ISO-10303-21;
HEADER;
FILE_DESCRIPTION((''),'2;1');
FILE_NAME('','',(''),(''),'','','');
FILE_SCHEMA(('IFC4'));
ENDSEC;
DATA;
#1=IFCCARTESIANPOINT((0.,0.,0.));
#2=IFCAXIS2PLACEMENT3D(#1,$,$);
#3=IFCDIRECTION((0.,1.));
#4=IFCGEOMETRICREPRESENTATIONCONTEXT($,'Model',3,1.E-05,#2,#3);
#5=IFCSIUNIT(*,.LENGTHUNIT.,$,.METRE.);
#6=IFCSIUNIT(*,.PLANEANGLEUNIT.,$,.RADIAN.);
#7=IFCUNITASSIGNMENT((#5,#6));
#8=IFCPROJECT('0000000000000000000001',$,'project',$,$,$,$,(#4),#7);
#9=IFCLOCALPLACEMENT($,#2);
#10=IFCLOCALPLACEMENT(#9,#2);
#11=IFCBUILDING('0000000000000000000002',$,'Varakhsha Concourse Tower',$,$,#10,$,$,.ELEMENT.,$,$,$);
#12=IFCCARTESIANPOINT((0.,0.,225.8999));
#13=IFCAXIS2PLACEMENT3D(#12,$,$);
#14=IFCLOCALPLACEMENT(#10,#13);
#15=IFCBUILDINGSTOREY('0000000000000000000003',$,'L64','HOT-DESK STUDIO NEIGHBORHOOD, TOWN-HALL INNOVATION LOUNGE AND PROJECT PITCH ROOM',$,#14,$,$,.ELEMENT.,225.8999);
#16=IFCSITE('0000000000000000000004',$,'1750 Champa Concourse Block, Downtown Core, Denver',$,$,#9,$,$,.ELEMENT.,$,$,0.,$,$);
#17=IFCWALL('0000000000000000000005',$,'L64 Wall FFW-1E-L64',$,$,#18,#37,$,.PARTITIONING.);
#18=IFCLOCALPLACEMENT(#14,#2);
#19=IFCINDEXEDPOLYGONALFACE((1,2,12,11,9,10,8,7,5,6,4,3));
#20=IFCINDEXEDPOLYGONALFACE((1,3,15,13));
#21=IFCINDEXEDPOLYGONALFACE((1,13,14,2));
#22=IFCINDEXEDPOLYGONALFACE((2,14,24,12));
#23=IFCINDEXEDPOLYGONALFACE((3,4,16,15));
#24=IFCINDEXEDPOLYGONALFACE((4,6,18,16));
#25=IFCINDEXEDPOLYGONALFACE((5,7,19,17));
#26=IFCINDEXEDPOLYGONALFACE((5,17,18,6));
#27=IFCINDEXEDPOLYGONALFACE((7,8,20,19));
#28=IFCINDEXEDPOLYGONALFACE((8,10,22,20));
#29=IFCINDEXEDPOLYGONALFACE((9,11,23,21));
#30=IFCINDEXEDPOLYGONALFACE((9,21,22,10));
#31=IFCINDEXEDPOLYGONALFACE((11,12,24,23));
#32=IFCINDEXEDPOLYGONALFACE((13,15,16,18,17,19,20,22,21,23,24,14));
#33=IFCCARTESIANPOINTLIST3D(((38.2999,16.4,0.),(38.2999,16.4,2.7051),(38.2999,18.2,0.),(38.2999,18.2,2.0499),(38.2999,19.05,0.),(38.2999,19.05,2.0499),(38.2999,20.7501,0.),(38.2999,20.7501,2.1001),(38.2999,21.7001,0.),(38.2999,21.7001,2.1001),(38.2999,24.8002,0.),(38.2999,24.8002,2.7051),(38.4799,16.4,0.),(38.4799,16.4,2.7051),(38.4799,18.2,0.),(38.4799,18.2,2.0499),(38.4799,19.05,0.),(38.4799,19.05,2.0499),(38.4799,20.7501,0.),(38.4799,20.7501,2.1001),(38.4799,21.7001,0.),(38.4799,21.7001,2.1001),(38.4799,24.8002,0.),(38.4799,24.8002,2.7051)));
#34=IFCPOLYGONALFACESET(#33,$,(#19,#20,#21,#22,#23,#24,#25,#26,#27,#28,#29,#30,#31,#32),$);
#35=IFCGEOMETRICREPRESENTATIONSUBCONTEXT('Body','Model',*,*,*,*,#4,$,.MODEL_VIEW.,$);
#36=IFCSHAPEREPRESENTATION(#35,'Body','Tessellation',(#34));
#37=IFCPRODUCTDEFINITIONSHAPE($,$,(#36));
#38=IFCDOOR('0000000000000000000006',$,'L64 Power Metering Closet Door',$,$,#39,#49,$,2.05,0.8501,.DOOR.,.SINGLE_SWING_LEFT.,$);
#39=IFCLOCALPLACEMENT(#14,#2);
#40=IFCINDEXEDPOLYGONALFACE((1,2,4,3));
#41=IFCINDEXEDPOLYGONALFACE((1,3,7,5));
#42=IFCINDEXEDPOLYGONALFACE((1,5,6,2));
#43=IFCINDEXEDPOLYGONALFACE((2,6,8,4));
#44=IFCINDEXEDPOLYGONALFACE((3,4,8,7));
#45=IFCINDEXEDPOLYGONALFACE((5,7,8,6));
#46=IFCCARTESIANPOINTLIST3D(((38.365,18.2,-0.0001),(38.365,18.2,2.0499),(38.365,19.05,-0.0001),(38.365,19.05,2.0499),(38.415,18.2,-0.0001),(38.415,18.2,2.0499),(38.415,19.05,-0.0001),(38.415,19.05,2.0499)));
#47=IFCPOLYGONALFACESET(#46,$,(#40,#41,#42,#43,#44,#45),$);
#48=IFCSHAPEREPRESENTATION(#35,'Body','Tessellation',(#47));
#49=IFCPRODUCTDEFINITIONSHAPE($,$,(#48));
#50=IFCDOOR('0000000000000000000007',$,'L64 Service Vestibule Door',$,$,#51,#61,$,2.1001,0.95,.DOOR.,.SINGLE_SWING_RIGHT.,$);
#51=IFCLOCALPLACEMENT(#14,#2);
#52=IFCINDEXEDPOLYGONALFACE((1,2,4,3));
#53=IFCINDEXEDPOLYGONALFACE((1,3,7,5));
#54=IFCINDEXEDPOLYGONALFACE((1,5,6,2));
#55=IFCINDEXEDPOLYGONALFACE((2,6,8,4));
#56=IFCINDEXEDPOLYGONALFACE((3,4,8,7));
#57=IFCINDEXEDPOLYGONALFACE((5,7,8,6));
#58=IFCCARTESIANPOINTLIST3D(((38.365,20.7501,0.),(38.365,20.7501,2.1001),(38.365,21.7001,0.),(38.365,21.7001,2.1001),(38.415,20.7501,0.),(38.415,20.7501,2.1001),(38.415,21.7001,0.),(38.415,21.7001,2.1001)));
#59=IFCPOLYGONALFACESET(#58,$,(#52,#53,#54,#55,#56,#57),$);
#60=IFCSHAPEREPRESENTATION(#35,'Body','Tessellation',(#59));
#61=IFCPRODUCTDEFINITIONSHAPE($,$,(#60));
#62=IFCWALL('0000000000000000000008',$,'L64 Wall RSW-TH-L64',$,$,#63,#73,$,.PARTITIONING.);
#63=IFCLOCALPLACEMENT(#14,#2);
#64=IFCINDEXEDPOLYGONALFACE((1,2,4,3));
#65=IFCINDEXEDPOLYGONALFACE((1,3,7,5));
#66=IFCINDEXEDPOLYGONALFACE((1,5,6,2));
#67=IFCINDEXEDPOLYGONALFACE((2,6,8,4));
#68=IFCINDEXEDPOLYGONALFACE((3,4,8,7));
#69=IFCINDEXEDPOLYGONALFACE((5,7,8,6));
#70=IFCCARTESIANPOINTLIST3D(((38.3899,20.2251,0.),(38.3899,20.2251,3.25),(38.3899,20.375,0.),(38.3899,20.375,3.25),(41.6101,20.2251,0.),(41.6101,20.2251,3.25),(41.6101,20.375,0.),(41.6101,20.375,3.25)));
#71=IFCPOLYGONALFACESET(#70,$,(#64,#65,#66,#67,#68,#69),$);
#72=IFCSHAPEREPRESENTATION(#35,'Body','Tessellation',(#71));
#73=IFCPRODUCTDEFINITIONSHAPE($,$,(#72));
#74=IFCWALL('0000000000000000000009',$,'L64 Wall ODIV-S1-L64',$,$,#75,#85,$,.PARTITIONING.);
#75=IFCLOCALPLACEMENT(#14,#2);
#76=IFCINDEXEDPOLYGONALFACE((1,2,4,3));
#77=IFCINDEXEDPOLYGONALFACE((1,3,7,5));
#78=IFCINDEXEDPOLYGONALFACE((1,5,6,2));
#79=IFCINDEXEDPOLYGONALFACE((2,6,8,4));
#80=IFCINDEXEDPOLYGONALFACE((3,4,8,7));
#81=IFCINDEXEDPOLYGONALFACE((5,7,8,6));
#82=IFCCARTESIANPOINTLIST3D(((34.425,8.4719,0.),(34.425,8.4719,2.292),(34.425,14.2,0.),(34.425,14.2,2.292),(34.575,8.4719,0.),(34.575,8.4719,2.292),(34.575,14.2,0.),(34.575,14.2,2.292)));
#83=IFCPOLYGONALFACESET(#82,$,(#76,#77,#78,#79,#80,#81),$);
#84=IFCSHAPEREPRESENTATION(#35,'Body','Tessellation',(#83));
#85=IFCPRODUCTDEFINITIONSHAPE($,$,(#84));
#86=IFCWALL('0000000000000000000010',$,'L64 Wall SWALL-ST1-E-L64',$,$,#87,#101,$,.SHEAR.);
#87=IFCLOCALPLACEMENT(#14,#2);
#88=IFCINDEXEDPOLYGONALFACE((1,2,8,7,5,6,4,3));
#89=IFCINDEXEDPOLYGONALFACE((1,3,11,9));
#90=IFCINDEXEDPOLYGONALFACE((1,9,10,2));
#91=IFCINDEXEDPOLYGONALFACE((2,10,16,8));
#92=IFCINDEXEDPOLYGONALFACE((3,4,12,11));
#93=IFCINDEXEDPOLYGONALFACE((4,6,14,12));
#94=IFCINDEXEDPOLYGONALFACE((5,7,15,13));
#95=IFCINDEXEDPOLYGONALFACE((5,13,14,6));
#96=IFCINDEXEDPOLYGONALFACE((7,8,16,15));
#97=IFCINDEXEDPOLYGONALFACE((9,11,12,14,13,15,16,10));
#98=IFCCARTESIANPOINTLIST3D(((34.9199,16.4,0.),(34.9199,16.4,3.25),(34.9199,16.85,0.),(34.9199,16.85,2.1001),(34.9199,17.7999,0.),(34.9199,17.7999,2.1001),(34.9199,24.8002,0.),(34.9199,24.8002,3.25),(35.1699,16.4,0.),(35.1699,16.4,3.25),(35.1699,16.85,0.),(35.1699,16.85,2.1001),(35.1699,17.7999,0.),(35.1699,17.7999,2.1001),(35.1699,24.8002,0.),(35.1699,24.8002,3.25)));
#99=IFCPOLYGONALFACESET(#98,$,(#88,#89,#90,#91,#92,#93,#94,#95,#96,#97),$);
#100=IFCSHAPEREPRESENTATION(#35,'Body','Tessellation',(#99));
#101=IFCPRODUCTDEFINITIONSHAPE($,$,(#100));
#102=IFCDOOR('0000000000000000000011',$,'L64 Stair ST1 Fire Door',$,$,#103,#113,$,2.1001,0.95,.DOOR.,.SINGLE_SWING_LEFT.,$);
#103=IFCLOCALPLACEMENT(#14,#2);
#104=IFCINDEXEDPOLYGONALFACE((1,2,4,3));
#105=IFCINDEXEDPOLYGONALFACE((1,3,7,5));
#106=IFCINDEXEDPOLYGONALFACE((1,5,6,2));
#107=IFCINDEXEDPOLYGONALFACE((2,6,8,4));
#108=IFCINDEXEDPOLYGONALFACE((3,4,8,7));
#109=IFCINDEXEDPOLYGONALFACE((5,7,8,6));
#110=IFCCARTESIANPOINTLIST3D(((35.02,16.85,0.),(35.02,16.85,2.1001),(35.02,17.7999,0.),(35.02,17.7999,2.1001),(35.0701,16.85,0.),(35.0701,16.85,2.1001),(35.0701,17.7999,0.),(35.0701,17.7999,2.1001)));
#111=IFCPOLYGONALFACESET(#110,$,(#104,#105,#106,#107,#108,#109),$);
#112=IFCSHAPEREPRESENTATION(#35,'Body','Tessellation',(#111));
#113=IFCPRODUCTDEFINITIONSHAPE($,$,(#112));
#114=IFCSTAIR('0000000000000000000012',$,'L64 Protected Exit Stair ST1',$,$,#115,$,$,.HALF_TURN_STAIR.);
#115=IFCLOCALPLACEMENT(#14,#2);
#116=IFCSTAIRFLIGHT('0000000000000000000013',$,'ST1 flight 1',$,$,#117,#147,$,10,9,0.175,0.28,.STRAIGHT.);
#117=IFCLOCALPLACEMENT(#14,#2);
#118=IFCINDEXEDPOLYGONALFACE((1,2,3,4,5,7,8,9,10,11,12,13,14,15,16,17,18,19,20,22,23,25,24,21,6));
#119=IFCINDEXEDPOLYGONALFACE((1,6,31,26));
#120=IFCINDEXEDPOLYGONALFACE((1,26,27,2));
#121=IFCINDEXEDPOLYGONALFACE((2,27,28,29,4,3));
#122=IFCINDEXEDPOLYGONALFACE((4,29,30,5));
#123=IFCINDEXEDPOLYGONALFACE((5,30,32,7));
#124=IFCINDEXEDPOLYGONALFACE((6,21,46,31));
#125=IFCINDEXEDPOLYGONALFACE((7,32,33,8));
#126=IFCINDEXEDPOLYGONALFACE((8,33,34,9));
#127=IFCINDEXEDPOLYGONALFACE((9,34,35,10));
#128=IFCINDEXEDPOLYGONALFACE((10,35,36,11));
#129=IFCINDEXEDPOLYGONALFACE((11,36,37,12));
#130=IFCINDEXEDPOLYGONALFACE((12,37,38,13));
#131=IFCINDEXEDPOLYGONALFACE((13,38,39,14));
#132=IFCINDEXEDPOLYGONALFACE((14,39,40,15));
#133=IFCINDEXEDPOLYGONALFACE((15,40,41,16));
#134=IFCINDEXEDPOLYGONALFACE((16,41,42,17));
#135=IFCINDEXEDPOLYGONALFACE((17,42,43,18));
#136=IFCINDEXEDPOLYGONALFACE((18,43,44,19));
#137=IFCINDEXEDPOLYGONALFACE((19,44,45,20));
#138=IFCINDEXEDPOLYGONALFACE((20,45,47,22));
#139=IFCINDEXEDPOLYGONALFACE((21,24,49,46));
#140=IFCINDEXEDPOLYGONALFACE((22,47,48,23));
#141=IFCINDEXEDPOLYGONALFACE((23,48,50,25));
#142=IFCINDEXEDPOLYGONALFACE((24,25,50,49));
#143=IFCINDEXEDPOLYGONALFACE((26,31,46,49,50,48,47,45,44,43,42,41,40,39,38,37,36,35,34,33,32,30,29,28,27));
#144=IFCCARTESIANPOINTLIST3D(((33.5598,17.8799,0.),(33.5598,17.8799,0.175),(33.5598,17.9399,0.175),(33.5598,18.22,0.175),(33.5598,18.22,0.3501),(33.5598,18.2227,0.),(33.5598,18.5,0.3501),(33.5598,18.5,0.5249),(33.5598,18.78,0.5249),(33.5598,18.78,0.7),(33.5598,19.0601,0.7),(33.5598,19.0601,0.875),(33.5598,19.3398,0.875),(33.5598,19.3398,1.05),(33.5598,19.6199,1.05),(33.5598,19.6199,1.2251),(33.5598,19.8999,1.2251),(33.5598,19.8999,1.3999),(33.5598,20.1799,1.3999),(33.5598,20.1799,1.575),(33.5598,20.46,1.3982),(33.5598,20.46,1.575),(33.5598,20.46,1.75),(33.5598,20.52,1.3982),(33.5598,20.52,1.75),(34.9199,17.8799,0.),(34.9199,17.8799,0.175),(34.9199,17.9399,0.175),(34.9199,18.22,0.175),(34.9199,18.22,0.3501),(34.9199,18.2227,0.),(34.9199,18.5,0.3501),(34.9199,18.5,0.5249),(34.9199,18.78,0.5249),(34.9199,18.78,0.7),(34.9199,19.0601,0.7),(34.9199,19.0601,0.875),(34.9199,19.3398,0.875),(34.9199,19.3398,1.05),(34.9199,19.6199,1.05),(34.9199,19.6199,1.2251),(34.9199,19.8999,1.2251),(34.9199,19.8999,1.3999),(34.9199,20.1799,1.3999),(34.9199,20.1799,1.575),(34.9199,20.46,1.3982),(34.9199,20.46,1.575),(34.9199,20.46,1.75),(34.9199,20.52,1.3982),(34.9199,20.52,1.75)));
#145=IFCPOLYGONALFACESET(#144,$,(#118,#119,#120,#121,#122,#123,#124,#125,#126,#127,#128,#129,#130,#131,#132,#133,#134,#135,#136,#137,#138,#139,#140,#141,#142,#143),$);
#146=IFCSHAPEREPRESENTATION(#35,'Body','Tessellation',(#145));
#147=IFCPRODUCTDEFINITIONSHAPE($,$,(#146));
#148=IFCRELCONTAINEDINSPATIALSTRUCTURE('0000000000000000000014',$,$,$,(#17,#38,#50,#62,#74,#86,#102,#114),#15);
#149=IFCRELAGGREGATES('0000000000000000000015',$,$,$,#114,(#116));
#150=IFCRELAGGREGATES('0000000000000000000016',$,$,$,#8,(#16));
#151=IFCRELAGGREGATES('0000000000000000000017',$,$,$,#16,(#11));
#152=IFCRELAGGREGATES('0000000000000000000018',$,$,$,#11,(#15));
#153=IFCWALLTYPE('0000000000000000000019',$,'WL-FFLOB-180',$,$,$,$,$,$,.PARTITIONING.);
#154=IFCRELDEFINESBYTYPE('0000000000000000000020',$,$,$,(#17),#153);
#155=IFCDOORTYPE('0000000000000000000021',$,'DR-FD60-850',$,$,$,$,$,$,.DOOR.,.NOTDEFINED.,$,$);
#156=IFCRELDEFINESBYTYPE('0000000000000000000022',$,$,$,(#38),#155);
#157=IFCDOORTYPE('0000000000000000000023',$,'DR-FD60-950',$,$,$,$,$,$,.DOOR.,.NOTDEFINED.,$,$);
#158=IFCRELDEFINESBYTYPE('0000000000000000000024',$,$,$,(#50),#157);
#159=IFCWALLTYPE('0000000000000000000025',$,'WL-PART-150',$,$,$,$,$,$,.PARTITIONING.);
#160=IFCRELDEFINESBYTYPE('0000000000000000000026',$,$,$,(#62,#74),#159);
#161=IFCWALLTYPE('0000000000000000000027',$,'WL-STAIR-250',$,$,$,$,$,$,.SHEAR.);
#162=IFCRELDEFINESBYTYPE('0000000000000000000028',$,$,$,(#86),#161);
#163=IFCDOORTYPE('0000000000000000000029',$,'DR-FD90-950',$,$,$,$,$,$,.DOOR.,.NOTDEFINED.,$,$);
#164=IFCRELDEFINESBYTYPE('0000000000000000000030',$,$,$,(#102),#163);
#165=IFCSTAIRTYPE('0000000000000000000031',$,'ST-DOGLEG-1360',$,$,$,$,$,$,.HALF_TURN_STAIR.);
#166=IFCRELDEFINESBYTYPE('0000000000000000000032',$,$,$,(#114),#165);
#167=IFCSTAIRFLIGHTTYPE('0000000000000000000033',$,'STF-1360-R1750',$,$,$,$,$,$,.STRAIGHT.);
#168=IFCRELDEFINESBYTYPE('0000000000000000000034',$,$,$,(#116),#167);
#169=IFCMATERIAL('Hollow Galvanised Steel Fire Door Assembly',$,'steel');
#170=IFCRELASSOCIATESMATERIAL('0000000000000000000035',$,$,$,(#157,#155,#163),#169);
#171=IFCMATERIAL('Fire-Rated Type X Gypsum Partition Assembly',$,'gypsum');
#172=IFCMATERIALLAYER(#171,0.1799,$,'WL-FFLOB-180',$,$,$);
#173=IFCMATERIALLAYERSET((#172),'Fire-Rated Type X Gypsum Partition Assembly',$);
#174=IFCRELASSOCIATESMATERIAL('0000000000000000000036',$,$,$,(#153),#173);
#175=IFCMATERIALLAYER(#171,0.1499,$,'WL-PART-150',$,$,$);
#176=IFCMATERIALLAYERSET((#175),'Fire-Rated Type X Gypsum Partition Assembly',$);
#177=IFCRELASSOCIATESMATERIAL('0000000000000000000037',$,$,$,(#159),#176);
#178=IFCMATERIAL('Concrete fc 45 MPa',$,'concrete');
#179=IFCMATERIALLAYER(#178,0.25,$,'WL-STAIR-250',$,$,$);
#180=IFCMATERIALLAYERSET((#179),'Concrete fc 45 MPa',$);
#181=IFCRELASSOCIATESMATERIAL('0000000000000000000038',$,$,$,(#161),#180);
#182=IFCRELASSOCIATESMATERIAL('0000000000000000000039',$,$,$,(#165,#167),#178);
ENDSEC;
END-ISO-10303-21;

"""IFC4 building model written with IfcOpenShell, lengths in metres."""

from ifc_helpers import new_model, si_unit, direction, frame, frame_2d, origin, place, context, subcontext, project, spatial, polyline, rectangle, outline, extrude, material, layer, layer_set, type_object, element, fill, aggregate, save


model = new_model("IFC4")

# Units and contexts
model_context = context("Model", 3, precision=1e-05, world=origin(), true_north=direction((0.0, 1.0)))
body_context = subcontext(model_context, "Body", "Model", "MODEL_VIEW")
ifc_project = project(units=[si_unit("LENGTHUNIT", "METRE"), si_unit("PLANEANGLEUNIT", "RADIAN")], contexts=[model_context])

# Site, building, storey
site_placement = place(None, origin())
site = spatial("IfcSite", under=ifc_project, at=site_placement, Name="1750 Champa Concourse Block, Downtown Core, Denver", CompositionType="ELEMENT", RefElevation=0.0)
building_placement = place(site_placement, origin())
building = spatial("IfcBuilding", under=site, at=building_placement, Name="Varakhsha Concourse Tower", CompositionType="ELEMENT")
storey_placement = place(building_placement, frame((0.0, 0.0, 225.8999)))
storey = spatial("IfcBuildingStorey", under=building, at=storey_placement, Name="L64", Description="HOT-DESK STUDIO NEIGHBORHOOD, TOWN-HALL INNOVATION LOUNGE AND PROJECT PITCH ROOM", CompositionType="ELEMENT", Elevation=225.8999)

# Shared definitions
ifc_material_1 = material(Name="Hollow Galvanised Steel Fire Door Assembly", Category="steel")
door_type_1 = type_object("IfcDoorType", Name="DR-FD60-950", OperationType="NOTDEFINED", PredefinedType="DOOR", material=ifc_material_1)

# Wall, openings, doors
ifc_material_2 = material(Name="Fire-Rated Type X Gypsum Partition Assembly", Category="gypsum")
ifc_layer_1 = layer(ifc_material_2, 0.1799, Name="WL-FFLOB-180")
ifc_layer_set_1 = layer_set([ifc_layer_1], Name="Fire-Rated Type X Gypsum Partition Assembly")
wall_type_1 = type_object("IfcWallType", Name="WL-FFLOB-180", PredefinedType="PARTITIONING", material=ifc_layer_set_1)
wall_1_placement = place(storey_placement, frame((38.3899, 16.3999, 0.0), z_axis=(0.0, 0.0, 1.0), x_axis=(0.0, 1.0, 0.0)))
wall_1 = element("IfcWall", 1, at=wall_1_placement, inside=storey, type_object=wall_type_1, Name="L64 Wall FFW-1E-L64", PredefinedType="PARTITIONING", context=body_context, shape_type="SweptSolid", body=[
    extrude(rectangle(XDim=8.4001, YDim=0.1799, at=frame_2d((4.2002, 0.0))), origin(), (0.0, 0.0, 1.0), 2.7051),
])
opening_1_placement = place(wall_1_placement, frame((1.8, 0.0, 0.0)))
opening_1 = element("IfcOpeningElement", 2, at=opening_1_placement, cuts=wall_1, PredefinedType="OPENING", context=body_context, shape_type="SweptSolid", body=[
    extrude(rectangle(XDim=0.8501, YDim=2.05, at=frame_2d((0.425, 1.0249))), frame((0.0, 0.0999, 0.0), z_axis=(0.0, -1.0, 0.0), x_axis=(1.0, 0.0, 0.0)), (0.0, 0.0, 1.0), 0.2),
])
opening_2_placement = place(wall_1_placement, frame((4.3501, 0.0, 0.0)))
opening_2 = element("IfcOpeningElement", 3, at=opening_2_placement, cuts=wall_1, PredefinedType="OPENING", context=body_context, shape_type="SweptSolid", body=[
    extrude(rectangle(XDim=0.95, YDim=2.1001, at=frame_2d((0.4751, 1.05))), frame((0.0, 0.0999, 0.0), z_axis=(0.0, -1.0, 0.0), x_axis=(1.0, 0.0, 0.0)), (0.0, 0.0, 1.0), 0.2),
])
door_type_2 = type_object("IfcDoorType", Name="DR-FD60-850", OperationType="NOTDEFINED", PredefinedType="DOOR", material=ifc_material_1)
door_1_placement = place(opening_1_placement, origin())
door_1 = element("IfcDoor", 4, at=door_1_placement, inside=storey, type_object=door_type_2, Name="L64 Power Metering Closet Door", OperationType="SINGLE_SWING_LEFT", OverallHeight=2.05, OverallWidth=0.8501, PredefinedType="DOOR", context=body_context, shape_type="SweptSolid", body=[
    extrude(rectangle(XDim=0.8501, YDim=2.05, at=frame_2d((0.425, 1.0249))), frame((0.0, 0.0249, 0.0), z_axis=(0.0, -1.0, 0.0), x_axis=(1.0, 0.0, 0.0)), (0.0, 0.0, 1.0), 0.05),
])
fill(opening_1, door_1)
door_2_placement = place(opening_2_placement, origin())
door_2 = element("IfcDoor", 5, at=door_2_placement, inside=storey, type_object=door_type_1, Name="L64 Service Vestibule Door", OperationType="SINGLE_SWING_RIGHT", OverallHeight=2.1001, OverallWidth=0.95, PredefinedType="DOOR", context=body_context, shape_type="SweptSolid", body=[
    extrude(rectangle(XDim=0.95, YDim=2.1001, at=frame_2d((0.4751, 1.05))), frame((0.0, 0.0249, 0.0), z_axis=(0.0, -1.0, 0.0), x_axis=(1.0, 0.0, 0.0)), (0.0, 0.0, 1.0), 0.05),
])
fill(opening_2, door_2)

# Walls
ifc_layer_2 = layer(ifc_material_2, 0.1499, Name="WL-PART-150")
ifc_layer_set_2 = layer_set([ifc_layer_2], Name="Fire-Rated Type X Gypsum Partition Assembly")
wall_type_2 = type_object("IfcWallType", Name="WL-PART-150", PredefinedType="PARTITIONING", material=ifc_layer_set_2)
wall_2_placement = place(storey_placement, frame((38.3899, 20.3, 0.0), z_axis=(0.0, 0.0, 1.0), x_axis=(1.0, 0.0, 0.0)))
element("IfcWall", 6, at=wall_2_placement, inside=storey, type_object=wall_type_2, Name="L64 Wall RSW-TH-L64", PredefinedType="PARTITIONING", context=body_context, shape_type="SweptSolid", body=[
    extrude(rectangle(XDim=3.2202, YDim=0.1499, at=frame_2d((1.6101, 0.0))), origin(), (0.0, 0.0, 1.0), 3.25),
])
wall_3_placement = place(storey_placement, frame((34.5, 8.4719, 0.0), z_axis=(0.0, 0.0, 1.0), x_axis=(0.0, 1.0, 0.0)))
element("IfcWall", 7, at=wall_3_placement, inside=storey, type_object=wall_type_2, Name="L64 Wall ODIV-S1-L64", PredefinedType="PARTITIONING", context=body_context, shape_type="SweptSolid", body=[
    extrude(rectangle(XDim=5.728, YDim=0.1499, at=frame_2d((2.864, 0.0))), origin(), (0.0, 0.0, 1.0), 2.292),
])

# Wall, opening, door
ifc_material_3 = material(Name="Concrete fc 45 MPa", Category="concrete")
ifc_layer_3 = layer(ifc_material_3, 0.25, Name="WL-STAIR-250")
ifc_layer_set_3 = layer_set([ifc_layer_3], Name="Concrete fc 45 MPa")
wall_type_3 = type_object("IfcWallType", Name="WL-STAIR-250", PredefinedType="SHEAR", material=ifc_layer_set_3)
wall_4_placement = place(storey_placement, frame((35.0449, 16.3999, 0.0), z_axis=(0.0, 0.0, 1.0), x_axis=(0.0, 1.0, 0.0)))
wall_4 = element("IfcWall", 8, at=wall_4_placement, inside=storey, type_object=wall_type_3, Name="L64 Wall SWALL-ST1-E-L64", PredefinedType="SHEAR", context=body_context, shape_type="SweptSolid", body=[
    extrude(rectangle(XDim=8.4001, YDim=0.25, at=frame_2d((4.2002, 0.0))), origin(), (0.0, 0.0, 1.0), 3.25),
])
opening_3_placement = place(wall_4_placement, frame((0.45, 0.0, 0.0)))
opening_3 = element("IfcOpeningElement", 9, at=opening_3_placement, cuts=wall_4, PredefinedType="OPENING", context=body_context, shape_type="SweptSolid", body=[
    extrude(rectangle(XDim=0.95, YDim=2.1001, at=frame_2d((0.4751, 1.05))), frame((0.0, 0.135, 0.0), z_axis=(0.0, -1.0, 0.0), x_axis=(1.0, 0.0, 0.0)), (0.0, 0.0, 1.0), 0.27),
])
door_type_3 = type_object("IfcDoorType", Name="DR-FD90-950", OperationType="NOTDEFINED", PredefinedType="DOOR", material=ifc_material_1)
door_3_placement = place(opening_3_placement, origin())
door_3 = element("IfcDoor", 10, at=door_3_placement, inside=storey, type_object=door_type_3, Name="L64 Stair ST1 Fire Door", OperationType="SINGLE_SWING_LEFT", OverallHeight=2.1001, OverallWidth=0.95, PredefinedType="DOOR", context=body_context, shape_type="SweptSolid", body=[
    extrude(rectangle(XDim=0.95, YDim=2.1001, at=frame_2d((0.4751, 1.05))), frame((0.0, 0.0249, 0.0), z_axis=(0.0, -1.0, 0.0), x_axis=(1.0, 0.0, 0.0)), (0.0, 0.0, 1.0), 0.05),
])
fill(opening_3, door_3)

# Stair, stair flight
stair_type = type_object("IfcStairType", Name="ST-DOGLEG-1360", PredefinedType="HALF_TURN_STAIR", material=ifc_material_3)
stair_placement = place(storey_placement, origin())
stair = element("IfcStair", 11, at=stair_placement, inside=storey, type_object=stair_type, Name="L64 Protected Exit Stair ST1", PredefinedType="HALF_TURN_STAIR")
stair_flight_type = type_object("IfcStairFlightType", Name="STF-1360-R1750", PredefinedType="STRAIGHT", material=ifc_material_3)
stair_flight_1_placement = place(storey_placement, frame((34.24, 17.9399, 0.0), z_axis=(0.0, 0.0, 1.0), x_axis=(0.0, 1.0, 0.0)))
stair_flight_1 = element("IfcStairFlight", 12, at=stair_flight_1_placement, type_object=stair_flight_type, Name="ST1 flight 1", NumberOfRisers=10, NumberOfTreads=9, PredefinedType="STRAIGHT", RiserHeight=0.175, TreadLength=0.28, context=body_context, shape_type="SweptSolid", body=[
    extrude(outline(polyline([(-0.0601, 0.0), (-0.0601, 0.175), (0.0, 0.175), (0.28, 0.175), (0.28, 0.3501), (0.5601, 0.3501), (0.5601, 0.5249), (0.8401, 0.5249), (0.8401, 0.7), (1.1201, 0.7), (1.1201, 0.875), (1.3999, 0.875), (1.3999, 1.05), (1.6799, 1.05), (1.6799, 1.2251), (1.96, 1.2251), (1.96, 1.3999), (2.24, 1.3999), (2.24, 1.575), (2.52, 1.575), (2.52, 1.75), (2.5801, 1.75), (2.5801, 1.3982), (2.52, 1.3982), (0.2827, 0.0), (-0.0601, 0.0)])), frame((0.0, 0.6802, 0.0), z_axis=(0.0, -1.0, 0.0), x_axis=(1.0, 0.0, 0.0)), (0.0, 0.0, 1.0), 1.3601),
])
aggregate(stair, [stair_flight_1])

save(model, "model.ifc")
